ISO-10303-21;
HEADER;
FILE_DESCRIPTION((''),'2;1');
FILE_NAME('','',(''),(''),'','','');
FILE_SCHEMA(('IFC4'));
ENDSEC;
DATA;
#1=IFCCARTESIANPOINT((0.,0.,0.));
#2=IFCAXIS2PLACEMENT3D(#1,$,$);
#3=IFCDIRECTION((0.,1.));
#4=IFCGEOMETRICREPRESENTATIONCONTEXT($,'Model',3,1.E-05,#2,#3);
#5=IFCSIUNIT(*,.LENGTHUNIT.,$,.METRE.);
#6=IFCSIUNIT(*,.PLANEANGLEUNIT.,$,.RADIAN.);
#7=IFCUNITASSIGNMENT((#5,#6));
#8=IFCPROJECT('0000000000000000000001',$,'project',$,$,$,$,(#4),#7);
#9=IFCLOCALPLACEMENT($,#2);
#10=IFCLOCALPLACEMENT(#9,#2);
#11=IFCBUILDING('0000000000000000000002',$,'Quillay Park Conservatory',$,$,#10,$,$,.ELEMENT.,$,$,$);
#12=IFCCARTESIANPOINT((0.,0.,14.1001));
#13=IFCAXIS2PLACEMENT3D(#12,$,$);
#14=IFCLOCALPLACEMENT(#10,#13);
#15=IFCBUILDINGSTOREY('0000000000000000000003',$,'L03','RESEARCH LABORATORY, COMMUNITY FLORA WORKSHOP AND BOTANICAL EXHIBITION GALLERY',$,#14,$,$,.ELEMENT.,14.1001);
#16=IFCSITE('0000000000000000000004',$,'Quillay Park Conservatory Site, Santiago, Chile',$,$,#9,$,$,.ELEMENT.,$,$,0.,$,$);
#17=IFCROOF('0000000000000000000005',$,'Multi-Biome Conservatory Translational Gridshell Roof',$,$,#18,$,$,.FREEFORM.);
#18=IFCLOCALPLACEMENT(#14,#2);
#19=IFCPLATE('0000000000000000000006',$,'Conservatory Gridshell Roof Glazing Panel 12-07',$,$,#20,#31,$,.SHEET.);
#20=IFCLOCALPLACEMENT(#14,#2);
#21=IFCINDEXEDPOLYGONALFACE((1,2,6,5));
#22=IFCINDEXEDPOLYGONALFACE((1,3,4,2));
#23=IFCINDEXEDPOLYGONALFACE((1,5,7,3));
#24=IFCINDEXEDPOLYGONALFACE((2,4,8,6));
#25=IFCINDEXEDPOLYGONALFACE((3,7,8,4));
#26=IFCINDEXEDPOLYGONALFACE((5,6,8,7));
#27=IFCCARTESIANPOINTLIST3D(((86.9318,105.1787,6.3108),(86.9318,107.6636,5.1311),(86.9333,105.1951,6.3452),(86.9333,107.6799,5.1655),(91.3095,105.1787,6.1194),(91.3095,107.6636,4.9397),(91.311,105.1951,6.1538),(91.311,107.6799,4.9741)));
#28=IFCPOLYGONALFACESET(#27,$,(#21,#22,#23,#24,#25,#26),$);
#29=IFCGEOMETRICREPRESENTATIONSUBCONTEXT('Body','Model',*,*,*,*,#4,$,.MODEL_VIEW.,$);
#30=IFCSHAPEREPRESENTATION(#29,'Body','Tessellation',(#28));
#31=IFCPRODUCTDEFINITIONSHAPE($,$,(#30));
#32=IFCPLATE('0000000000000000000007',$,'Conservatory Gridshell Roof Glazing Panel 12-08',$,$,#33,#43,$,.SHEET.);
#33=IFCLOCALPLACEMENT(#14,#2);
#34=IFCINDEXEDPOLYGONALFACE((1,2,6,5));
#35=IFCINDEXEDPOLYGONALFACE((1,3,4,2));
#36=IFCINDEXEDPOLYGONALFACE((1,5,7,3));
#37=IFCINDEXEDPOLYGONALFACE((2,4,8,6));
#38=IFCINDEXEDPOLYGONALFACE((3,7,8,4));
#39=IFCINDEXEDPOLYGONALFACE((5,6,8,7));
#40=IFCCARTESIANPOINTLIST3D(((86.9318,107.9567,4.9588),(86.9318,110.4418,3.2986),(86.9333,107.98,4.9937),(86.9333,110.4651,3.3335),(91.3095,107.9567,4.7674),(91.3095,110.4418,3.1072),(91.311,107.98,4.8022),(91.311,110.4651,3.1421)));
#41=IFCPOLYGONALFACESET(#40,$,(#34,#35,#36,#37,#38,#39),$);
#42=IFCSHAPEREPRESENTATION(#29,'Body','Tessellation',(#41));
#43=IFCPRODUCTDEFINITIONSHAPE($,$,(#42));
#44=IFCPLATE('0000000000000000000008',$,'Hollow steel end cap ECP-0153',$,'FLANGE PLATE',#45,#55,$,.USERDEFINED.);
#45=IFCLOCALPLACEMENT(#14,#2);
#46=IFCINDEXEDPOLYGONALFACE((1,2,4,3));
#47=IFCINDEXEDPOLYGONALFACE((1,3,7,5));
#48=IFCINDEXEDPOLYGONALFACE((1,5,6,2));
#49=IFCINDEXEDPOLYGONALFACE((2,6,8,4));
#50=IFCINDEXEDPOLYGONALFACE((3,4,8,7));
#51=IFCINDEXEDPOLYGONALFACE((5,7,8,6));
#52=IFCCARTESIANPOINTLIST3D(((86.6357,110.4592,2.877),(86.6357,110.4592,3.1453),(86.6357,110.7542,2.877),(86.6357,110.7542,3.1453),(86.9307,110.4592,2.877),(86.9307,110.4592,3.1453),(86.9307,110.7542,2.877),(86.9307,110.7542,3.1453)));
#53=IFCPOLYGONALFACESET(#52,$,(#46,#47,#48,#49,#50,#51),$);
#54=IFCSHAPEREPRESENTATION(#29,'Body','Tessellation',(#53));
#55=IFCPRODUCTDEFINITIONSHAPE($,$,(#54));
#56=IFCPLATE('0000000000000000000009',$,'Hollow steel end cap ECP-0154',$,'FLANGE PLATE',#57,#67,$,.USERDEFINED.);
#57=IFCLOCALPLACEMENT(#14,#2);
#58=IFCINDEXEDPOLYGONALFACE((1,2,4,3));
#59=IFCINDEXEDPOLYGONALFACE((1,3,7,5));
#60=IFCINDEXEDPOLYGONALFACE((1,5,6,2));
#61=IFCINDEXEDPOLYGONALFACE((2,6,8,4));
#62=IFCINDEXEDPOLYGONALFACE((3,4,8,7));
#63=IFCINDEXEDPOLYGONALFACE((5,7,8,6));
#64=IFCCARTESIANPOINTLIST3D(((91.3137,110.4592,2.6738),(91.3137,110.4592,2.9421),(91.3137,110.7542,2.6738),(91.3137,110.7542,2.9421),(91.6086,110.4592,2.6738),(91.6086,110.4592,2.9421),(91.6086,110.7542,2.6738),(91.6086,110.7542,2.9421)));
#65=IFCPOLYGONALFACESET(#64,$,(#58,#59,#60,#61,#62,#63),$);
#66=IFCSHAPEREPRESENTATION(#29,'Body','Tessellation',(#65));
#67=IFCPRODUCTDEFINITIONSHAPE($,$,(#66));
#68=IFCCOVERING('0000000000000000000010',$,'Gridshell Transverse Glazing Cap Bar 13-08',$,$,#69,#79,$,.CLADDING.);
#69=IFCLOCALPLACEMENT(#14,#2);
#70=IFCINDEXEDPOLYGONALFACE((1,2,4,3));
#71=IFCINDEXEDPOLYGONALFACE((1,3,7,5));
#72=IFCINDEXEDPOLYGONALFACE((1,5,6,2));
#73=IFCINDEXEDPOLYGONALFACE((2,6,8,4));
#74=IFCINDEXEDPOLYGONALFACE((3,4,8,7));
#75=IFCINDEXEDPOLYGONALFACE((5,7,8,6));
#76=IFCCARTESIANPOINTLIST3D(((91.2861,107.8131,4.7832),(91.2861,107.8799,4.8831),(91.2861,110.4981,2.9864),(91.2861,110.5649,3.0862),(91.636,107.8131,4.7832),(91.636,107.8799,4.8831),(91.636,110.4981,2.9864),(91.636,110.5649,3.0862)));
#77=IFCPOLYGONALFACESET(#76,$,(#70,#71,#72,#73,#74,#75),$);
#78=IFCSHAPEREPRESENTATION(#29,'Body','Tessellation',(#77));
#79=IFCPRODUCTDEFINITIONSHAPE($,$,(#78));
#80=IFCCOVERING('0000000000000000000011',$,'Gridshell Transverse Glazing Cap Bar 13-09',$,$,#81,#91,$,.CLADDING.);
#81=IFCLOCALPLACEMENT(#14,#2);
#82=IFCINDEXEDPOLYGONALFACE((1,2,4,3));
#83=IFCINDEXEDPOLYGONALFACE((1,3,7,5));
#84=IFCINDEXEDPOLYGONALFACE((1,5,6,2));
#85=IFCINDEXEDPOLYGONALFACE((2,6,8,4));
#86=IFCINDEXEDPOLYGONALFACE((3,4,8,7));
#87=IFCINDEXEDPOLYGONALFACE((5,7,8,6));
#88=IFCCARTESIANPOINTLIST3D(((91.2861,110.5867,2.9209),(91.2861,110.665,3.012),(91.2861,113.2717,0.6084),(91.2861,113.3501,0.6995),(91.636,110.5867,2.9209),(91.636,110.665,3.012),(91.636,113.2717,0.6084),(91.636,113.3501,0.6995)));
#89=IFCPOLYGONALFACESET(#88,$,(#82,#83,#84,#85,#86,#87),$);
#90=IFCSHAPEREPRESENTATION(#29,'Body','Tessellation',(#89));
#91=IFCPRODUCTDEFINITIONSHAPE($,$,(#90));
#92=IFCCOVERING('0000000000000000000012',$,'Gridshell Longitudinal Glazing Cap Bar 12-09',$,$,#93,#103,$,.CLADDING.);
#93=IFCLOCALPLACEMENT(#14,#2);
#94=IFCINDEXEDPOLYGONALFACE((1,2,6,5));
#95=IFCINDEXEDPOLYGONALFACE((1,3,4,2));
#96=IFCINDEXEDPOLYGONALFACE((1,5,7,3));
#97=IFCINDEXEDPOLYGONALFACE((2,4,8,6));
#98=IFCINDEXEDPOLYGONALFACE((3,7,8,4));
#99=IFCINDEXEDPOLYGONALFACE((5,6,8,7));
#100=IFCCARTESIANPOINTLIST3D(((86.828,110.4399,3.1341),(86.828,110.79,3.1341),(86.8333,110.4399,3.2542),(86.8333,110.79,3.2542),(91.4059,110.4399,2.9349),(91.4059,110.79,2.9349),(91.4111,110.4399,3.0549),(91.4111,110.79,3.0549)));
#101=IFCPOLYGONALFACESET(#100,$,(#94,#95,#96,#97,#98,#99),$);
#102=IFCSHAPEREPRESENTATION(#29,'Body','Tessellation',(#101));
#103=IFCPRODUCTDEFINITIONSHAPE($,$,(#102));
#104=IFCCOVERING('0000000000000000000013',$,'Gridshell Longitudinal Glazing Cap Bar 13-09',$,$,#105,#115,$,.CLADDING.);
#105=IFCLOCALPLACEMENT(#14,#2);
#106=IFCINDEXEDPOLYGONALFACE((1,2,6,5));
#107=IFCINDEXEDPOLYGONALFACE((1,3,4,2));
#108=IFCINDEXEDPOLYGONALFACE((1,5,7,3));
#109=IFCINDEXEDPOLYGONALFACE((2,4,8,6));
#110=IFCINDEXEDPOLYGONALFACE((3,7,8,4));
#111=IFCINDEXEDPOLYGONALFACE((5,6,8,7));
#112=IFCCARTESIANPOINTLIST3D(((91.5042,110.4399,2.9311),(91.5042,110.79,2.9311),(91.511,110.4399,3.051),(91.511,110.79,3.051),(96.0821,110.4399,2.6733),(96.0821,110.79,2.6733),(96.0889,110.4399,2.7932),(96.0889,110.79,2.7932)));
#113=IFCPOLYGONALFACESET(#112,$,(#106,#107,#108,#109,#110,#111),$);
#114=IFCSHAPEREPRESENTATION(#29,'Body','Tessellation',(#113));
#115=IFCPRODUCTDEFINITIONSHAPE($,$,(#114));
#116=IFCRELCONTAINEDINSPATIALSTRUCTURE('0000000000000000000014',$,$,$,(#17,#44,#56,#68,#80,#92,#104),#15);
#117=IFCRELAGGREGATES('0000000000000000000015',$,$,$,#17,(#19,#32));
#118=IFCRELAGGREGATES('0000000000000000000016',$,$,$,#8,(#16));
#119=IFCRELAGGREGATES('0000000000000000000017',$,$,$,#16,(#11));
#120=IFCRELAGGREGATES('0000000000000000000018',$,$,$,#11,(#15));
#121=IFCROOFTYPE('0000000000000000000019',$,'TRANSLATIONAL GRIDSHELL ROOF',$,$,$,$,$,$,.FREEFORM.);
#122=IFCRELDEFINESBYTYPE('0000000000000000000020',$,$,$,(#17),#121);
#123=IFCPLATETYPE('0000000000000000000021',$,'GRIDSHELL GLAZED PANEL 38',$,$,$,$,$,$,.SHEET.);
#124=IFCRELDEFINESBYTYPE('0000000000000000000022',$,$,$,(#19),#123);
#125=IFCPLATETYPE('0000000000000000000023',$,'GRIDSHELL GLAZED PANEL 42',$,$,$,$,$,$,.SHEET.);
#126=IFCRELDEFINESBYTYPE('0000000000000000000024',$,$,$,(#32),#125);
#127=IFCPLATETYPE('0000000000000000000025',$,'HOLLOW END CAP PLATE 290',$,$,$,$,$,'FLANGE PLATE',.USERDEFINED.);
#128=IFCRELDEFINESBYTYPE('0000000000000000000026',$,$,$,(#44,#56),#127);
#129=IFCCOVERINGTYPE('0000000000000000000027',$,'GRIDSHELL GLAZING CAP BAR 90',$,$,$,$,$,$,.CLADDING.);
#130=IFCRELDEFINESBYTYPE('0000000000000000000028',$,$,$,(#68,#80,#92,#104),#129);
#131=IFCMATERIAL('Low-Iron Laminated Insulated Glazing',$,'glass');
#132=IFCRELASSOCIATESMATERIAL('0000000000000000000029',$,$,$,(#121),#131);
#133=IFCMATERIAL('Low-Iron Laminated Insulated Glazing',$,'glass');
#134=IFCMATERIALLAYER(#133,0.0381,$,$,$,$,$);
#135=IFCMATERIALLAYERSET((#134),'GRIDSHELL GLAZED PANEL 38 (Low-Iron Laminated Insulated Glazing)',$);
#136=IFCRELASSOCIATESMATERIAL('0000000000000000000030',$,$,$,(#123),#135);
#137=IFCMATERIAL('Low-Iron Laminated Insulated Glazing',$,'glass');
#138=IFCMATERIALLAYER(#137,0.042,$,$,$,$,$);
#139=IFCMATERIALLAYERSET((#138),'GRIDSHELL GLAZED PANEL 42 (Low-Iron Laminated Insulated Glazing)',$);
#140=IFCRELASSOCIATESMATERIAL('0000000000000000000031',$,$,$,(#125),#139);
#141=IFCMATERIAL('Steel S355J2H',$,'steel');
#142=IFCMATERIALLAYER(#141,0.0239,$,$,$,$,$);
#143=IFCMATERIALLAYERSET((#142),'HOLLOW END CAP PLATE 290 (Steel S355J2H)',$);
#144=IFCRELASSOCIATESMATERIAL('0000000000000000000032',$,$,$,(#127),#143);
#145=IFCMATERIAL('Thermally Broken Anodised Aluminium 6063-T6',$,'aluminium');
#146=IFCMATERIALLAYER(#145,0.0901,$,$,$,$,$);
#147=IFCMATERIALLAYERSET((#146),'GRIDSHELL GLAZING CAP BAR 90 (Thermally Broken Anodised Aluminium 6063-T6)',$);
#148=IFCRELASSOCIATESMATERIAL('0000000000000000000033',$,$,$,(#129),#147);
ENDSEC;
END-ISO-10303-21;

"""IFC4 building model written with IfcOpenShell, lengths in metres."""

from ifc_helpers import new_model, si_unit, direction, frame, origin, origin_2d, place, context, subcontext, project, spatial, polyline, rectangle, outline, extrude, material, layer, layer_set, type_object, element, aggregate, save


model = new_model("IFC4")

# Units and contexts
model_context = context("Model", 3, precision=1e-05, world=origin(), true_north=direction((0.0, 1.0)))
body_context = subcontext(model_context, "Body", "Model", "MODEL_VIEW")
ifc_project = project(units=[si_unit("LENGTHUNIT", "METRE"), si_unit("PLANEANGLEUNIT", "RADIAN")], contexts=[model_context])

# Site, building, storey
site_placement = place(None, origin())
site = spatial("IfcSite", under=ifc_project, at=site_placement, Name="Quillay Park Conservatory Site, Santiago, Chile", CompositionType="ELEMENT", RefElevation=0.0)
building_placement = place(site_placement, origin())
building = spatial("IfcBuilding", under=site, at=building_placement, Name="Quillay Park Conservatory", CompositionType="ELEMENT")
storey_placement = place(building_placement, frame((0.0, 0.0, 14.1001)))
storey = spatial("IfcBuildingStorey", under=building, at=storey_placement, Name="L03", Description="RESEARCH LABORATORY, COMMUNITY FLORA WORKSHOP AND BOTANICAL EXHIBITION GALLERY", CompositionType="ELEMENT", Elevation=14.1001)

# Roof, plates
ifc_material_1 = material(Name="Low-Iron Laminated Insulated Glazing", Category="glass")
roof_type = type_object("IfcRoofType", Name="TRANSLATIONAL GRIDSHELL ROOF", PredefinedType="FREEFORM", material=ifc_material_1)
roof_placement = place(storey_placement, origin())
roof = element("IfcRoof", 1, at=roof_placement, inside=storey, type_object=roof_type, Name="Multi-Biome Conservatory Translational Gridshell Roof", PredefinedType="FREEFORM")
ifc_material_2 = material(Name="Low-Iron Laminated Insulated Glazing", Category="glass")
ifc_layer_1 = layer(ifc_material_2, 0.0381)
ifc_layer_set_1 = layer_set([ifc_layer_1], Name="GRIDSHELL GLAZED PANEL 38 (Low-Iron Laminated Insulated Glazing)")
plate_type_1 = type_object("IfcPlateType", Name="GRIDSHELL GLAZED PANEL 38", PredefinedType="SHEET", material=ifc_layer_set_1)
plate_1_placement = place(storey_placement, frame((86.9333, 105.1951, 6.3452), z_axis=(0.039467, 0.428538, 0.902661), x_axis=(0.999046, 0.0, -0.043681)))
plate_1 = element("IfcPlate", 2, at=plate_1_placement, type_object=plate_type_1, Name="Conservatory Gridshell Roof Glazing Panel 12-07", PredefinedType="SHEET", context=body_context, shape_type="SweptSolid", body=[
    extrude(outline(polyline([(0.0, 0.0), (4.3819, 0.0), (4.4334, 2.7502), (0.0515, 2.7502), (0.0, 0.0)])), origin(), (0.0, 0.0, -1.0), 0.0381),
])
ifc_material_3 = material(Name="Low-Iron Laminated Insulated Glazing", Category="glass")
ifc_layer_2 = layer(ifc_material_3, 0.042)
ifc_layer_set_2 = layer_set([ifc_layer_2], Name="GRIDSHELL GLAZED PANEL 42 (Low-Iron Laminated Insulated Glazing)")
plate_type_2 = type_object("IfcPlateType", Name="GRIDSHELL GLAZED PANEL 42", PredefinedType="SHEET", material=ifc_layer_set_2)
plate_2_placement = place(storey_placement, frame((86.9333, 107.98, 4.9937), z_axis=(0.036333, 0.555125, 0.830973), x_axis=(0.999046, 0.0, -0.043681)))
plate_2 = element("IfcPlate", 3, at=plate_2_placement, type_object=plate_type_2, Name="Conservatory Gridshell Roof Glazing Panel 12-08", PredefinedType="SHEET", context=body_context, shape_type="SweptSolid", body=[
    extrude(outline(polyline([(0.0, 0.0), (4.3819, 0.0), (4.4544, 2.9877), (0.0725, 2.9877), (0.0, 0.0)])), origin(), (0.0, 0.0, -1.0), 0.042),
])
aggregate(roof, [plate_1, plate_2])

# Plates
ifc_material_4 = material(Name="Steel S355J2H", Category="steel")
ifc_layer_3 = layer(ifc_material_4, 0.0239)
ifc_layer_set_3 = layer_set([ifc_layer_3], Name="HOLLOW END CAP PLATE 290 (Steel S355J2H)")
plate_type_3 = type_object("IfcPlateType", Name="HOLLOW END CAP PLATE 290", ElementType="FLANGE PLATE", PredefinedType="USERDEFINED", material=ifc_layer_set_3)
for number, where, z_axis, x_axis, name in (
    (4, (86.7832, 110.6067, 2.877), (0.0, 0.0, 1.0), (1.0, 0.0, 0.0), "Hollow steel end cap ECP-0153"),
    (5, (91.4612, 110.6067, 2.6738), (0.0, 0.0, 1.0), (1.0, 0.0, 0.0), "Hollow steel end cap ECP-0154"),
):
    element("IfcPlate", number, at=place(storey_placement, frame(where, z_axis=z_axis, x_axis=x_axis)), inside=storey, type_object=plate_type_3, Name=name, ObjectType="FLANGE PLATE", PredefinedType="USERDEFINED", context=body_context, shape_type="SweptSolid", body=[
        extrude(rectangle(XDim=0.2949, YDim=0.2949, at=origin_2d()), origin(), (0.0, 0.0, 1.0), 0.2683),
    ])

# Coverings
ifc_material_5 = material(Name="Thermally Broken Anodised Aluminium 6063-T6", Category="aluminium")
ifc_layer_4 = layer(ifc_material_5, 0.0901)
ifc_layer_set_4 = layer_set([ifc_layer_4], Name="GRIDSHELL GLAZING CAP BAR 90 (Thermally Broken Anodised Aluminium 6063-T6)")
covering_type = type_object("IfcCoveringType", Name="GRIDSHELL GLAZING CAP BAR 90", PredefinedType="CLADDING", material=ifc_layer_set_4)
covering_1_placement = place(storey_placement, frame((91.2861, 107.8799, 4.8831), z_axis=(0.0, 0.556164, 0.831072), x_axis=(1.0, 0.0, 0.0)))
element("IfcCovering", 6, at=covering_1_placement, inside=storey, type_object=covering_type, Name="Gridshell Transverse Glazing Cap Bar 13-08", PredefinedType="CLADDING", context=body_context, shape_type="SweptSolid", body=[
    extrude(outline(polyline([(0.0, 0.0), (0.3499, 0.0), (0.3499, 3.2308), (0.0, 3.2308), (0.0, 0.0)])), origin(), (0.0, 0.0, -1.0), 0.1201),
])
covering_2_placement = place(storey_placement, frame((91.2861, 110.665, 3.012), z_axis=(0.0, 0.652582, 0.757718), x_axis=(1.0, 0.0, 0.0)))
element("IfcCovering", 7, at=covering_2_placement, inside=storey, type_object=covering_type, Name="Gridshell Transverse Glazing Cap Bar 13-09", PredefinedType="CLADDING", context=body_context, shape_type="SweptSolid", body=[
    extrude(outline(polyline([(0.0, 0.0), (0.3499, 0.0), (0.3499, 3.5436), (0.0, 3.5436), (0.0, 0.0)])), origin(), (0.0, 0.0, -1.0), 0.1201),
])
covering_3_placement = place(storey_placement, frame((86.8333, 110.4399, 3.2542), z_axis=(0.043477, 0.0, 0.999054), x_axis=(0.999054, 0.0, -0.043477)))
element("IfcCovering", 8, at=covering_3_placement, inside=storey, type_object=covering_type, Name="Gridshell Longitudinal Glazing Cap Bar 12-09", PredefinedType="CLADDING", context=body_context, shape_type="SweptSolid", body=[
    extrude(outline(polyline([(0.0, 0.0), (4.5822, 0.0), (4.5822, 0.3501), (0.0, 0.3501), (0.0, 0.0)])), origin(), (0.0, 0.0, -1.0), 0.1201),
])
covering_4_placement = place(storey_placement, frame((91.511, 110.4399, 3.051), z_axis=(0.056228, 0.0, 0.998418), x_axis=(0.998418, 0.0, -0.056228)))
element("IfcCovering", 9, at=covering_4_placement, inside=storey, type_object=covering_type, Name="Gridshell Longitudinal Glazing Cap Bar 13-09", PredefinedType="CLADDING", context=body_context, shape_type="SweptSolid", body=[
    extrude(outline(polyline([(0.0, 0.0), (4.5851, 0.0), (4.5851, 0.3501), (0.0, 0.3501), (0.0, 0.0)])), origin(), (0.0, 0.0, -1.0), 0.1201),
])

save(model, "model.ifc")
